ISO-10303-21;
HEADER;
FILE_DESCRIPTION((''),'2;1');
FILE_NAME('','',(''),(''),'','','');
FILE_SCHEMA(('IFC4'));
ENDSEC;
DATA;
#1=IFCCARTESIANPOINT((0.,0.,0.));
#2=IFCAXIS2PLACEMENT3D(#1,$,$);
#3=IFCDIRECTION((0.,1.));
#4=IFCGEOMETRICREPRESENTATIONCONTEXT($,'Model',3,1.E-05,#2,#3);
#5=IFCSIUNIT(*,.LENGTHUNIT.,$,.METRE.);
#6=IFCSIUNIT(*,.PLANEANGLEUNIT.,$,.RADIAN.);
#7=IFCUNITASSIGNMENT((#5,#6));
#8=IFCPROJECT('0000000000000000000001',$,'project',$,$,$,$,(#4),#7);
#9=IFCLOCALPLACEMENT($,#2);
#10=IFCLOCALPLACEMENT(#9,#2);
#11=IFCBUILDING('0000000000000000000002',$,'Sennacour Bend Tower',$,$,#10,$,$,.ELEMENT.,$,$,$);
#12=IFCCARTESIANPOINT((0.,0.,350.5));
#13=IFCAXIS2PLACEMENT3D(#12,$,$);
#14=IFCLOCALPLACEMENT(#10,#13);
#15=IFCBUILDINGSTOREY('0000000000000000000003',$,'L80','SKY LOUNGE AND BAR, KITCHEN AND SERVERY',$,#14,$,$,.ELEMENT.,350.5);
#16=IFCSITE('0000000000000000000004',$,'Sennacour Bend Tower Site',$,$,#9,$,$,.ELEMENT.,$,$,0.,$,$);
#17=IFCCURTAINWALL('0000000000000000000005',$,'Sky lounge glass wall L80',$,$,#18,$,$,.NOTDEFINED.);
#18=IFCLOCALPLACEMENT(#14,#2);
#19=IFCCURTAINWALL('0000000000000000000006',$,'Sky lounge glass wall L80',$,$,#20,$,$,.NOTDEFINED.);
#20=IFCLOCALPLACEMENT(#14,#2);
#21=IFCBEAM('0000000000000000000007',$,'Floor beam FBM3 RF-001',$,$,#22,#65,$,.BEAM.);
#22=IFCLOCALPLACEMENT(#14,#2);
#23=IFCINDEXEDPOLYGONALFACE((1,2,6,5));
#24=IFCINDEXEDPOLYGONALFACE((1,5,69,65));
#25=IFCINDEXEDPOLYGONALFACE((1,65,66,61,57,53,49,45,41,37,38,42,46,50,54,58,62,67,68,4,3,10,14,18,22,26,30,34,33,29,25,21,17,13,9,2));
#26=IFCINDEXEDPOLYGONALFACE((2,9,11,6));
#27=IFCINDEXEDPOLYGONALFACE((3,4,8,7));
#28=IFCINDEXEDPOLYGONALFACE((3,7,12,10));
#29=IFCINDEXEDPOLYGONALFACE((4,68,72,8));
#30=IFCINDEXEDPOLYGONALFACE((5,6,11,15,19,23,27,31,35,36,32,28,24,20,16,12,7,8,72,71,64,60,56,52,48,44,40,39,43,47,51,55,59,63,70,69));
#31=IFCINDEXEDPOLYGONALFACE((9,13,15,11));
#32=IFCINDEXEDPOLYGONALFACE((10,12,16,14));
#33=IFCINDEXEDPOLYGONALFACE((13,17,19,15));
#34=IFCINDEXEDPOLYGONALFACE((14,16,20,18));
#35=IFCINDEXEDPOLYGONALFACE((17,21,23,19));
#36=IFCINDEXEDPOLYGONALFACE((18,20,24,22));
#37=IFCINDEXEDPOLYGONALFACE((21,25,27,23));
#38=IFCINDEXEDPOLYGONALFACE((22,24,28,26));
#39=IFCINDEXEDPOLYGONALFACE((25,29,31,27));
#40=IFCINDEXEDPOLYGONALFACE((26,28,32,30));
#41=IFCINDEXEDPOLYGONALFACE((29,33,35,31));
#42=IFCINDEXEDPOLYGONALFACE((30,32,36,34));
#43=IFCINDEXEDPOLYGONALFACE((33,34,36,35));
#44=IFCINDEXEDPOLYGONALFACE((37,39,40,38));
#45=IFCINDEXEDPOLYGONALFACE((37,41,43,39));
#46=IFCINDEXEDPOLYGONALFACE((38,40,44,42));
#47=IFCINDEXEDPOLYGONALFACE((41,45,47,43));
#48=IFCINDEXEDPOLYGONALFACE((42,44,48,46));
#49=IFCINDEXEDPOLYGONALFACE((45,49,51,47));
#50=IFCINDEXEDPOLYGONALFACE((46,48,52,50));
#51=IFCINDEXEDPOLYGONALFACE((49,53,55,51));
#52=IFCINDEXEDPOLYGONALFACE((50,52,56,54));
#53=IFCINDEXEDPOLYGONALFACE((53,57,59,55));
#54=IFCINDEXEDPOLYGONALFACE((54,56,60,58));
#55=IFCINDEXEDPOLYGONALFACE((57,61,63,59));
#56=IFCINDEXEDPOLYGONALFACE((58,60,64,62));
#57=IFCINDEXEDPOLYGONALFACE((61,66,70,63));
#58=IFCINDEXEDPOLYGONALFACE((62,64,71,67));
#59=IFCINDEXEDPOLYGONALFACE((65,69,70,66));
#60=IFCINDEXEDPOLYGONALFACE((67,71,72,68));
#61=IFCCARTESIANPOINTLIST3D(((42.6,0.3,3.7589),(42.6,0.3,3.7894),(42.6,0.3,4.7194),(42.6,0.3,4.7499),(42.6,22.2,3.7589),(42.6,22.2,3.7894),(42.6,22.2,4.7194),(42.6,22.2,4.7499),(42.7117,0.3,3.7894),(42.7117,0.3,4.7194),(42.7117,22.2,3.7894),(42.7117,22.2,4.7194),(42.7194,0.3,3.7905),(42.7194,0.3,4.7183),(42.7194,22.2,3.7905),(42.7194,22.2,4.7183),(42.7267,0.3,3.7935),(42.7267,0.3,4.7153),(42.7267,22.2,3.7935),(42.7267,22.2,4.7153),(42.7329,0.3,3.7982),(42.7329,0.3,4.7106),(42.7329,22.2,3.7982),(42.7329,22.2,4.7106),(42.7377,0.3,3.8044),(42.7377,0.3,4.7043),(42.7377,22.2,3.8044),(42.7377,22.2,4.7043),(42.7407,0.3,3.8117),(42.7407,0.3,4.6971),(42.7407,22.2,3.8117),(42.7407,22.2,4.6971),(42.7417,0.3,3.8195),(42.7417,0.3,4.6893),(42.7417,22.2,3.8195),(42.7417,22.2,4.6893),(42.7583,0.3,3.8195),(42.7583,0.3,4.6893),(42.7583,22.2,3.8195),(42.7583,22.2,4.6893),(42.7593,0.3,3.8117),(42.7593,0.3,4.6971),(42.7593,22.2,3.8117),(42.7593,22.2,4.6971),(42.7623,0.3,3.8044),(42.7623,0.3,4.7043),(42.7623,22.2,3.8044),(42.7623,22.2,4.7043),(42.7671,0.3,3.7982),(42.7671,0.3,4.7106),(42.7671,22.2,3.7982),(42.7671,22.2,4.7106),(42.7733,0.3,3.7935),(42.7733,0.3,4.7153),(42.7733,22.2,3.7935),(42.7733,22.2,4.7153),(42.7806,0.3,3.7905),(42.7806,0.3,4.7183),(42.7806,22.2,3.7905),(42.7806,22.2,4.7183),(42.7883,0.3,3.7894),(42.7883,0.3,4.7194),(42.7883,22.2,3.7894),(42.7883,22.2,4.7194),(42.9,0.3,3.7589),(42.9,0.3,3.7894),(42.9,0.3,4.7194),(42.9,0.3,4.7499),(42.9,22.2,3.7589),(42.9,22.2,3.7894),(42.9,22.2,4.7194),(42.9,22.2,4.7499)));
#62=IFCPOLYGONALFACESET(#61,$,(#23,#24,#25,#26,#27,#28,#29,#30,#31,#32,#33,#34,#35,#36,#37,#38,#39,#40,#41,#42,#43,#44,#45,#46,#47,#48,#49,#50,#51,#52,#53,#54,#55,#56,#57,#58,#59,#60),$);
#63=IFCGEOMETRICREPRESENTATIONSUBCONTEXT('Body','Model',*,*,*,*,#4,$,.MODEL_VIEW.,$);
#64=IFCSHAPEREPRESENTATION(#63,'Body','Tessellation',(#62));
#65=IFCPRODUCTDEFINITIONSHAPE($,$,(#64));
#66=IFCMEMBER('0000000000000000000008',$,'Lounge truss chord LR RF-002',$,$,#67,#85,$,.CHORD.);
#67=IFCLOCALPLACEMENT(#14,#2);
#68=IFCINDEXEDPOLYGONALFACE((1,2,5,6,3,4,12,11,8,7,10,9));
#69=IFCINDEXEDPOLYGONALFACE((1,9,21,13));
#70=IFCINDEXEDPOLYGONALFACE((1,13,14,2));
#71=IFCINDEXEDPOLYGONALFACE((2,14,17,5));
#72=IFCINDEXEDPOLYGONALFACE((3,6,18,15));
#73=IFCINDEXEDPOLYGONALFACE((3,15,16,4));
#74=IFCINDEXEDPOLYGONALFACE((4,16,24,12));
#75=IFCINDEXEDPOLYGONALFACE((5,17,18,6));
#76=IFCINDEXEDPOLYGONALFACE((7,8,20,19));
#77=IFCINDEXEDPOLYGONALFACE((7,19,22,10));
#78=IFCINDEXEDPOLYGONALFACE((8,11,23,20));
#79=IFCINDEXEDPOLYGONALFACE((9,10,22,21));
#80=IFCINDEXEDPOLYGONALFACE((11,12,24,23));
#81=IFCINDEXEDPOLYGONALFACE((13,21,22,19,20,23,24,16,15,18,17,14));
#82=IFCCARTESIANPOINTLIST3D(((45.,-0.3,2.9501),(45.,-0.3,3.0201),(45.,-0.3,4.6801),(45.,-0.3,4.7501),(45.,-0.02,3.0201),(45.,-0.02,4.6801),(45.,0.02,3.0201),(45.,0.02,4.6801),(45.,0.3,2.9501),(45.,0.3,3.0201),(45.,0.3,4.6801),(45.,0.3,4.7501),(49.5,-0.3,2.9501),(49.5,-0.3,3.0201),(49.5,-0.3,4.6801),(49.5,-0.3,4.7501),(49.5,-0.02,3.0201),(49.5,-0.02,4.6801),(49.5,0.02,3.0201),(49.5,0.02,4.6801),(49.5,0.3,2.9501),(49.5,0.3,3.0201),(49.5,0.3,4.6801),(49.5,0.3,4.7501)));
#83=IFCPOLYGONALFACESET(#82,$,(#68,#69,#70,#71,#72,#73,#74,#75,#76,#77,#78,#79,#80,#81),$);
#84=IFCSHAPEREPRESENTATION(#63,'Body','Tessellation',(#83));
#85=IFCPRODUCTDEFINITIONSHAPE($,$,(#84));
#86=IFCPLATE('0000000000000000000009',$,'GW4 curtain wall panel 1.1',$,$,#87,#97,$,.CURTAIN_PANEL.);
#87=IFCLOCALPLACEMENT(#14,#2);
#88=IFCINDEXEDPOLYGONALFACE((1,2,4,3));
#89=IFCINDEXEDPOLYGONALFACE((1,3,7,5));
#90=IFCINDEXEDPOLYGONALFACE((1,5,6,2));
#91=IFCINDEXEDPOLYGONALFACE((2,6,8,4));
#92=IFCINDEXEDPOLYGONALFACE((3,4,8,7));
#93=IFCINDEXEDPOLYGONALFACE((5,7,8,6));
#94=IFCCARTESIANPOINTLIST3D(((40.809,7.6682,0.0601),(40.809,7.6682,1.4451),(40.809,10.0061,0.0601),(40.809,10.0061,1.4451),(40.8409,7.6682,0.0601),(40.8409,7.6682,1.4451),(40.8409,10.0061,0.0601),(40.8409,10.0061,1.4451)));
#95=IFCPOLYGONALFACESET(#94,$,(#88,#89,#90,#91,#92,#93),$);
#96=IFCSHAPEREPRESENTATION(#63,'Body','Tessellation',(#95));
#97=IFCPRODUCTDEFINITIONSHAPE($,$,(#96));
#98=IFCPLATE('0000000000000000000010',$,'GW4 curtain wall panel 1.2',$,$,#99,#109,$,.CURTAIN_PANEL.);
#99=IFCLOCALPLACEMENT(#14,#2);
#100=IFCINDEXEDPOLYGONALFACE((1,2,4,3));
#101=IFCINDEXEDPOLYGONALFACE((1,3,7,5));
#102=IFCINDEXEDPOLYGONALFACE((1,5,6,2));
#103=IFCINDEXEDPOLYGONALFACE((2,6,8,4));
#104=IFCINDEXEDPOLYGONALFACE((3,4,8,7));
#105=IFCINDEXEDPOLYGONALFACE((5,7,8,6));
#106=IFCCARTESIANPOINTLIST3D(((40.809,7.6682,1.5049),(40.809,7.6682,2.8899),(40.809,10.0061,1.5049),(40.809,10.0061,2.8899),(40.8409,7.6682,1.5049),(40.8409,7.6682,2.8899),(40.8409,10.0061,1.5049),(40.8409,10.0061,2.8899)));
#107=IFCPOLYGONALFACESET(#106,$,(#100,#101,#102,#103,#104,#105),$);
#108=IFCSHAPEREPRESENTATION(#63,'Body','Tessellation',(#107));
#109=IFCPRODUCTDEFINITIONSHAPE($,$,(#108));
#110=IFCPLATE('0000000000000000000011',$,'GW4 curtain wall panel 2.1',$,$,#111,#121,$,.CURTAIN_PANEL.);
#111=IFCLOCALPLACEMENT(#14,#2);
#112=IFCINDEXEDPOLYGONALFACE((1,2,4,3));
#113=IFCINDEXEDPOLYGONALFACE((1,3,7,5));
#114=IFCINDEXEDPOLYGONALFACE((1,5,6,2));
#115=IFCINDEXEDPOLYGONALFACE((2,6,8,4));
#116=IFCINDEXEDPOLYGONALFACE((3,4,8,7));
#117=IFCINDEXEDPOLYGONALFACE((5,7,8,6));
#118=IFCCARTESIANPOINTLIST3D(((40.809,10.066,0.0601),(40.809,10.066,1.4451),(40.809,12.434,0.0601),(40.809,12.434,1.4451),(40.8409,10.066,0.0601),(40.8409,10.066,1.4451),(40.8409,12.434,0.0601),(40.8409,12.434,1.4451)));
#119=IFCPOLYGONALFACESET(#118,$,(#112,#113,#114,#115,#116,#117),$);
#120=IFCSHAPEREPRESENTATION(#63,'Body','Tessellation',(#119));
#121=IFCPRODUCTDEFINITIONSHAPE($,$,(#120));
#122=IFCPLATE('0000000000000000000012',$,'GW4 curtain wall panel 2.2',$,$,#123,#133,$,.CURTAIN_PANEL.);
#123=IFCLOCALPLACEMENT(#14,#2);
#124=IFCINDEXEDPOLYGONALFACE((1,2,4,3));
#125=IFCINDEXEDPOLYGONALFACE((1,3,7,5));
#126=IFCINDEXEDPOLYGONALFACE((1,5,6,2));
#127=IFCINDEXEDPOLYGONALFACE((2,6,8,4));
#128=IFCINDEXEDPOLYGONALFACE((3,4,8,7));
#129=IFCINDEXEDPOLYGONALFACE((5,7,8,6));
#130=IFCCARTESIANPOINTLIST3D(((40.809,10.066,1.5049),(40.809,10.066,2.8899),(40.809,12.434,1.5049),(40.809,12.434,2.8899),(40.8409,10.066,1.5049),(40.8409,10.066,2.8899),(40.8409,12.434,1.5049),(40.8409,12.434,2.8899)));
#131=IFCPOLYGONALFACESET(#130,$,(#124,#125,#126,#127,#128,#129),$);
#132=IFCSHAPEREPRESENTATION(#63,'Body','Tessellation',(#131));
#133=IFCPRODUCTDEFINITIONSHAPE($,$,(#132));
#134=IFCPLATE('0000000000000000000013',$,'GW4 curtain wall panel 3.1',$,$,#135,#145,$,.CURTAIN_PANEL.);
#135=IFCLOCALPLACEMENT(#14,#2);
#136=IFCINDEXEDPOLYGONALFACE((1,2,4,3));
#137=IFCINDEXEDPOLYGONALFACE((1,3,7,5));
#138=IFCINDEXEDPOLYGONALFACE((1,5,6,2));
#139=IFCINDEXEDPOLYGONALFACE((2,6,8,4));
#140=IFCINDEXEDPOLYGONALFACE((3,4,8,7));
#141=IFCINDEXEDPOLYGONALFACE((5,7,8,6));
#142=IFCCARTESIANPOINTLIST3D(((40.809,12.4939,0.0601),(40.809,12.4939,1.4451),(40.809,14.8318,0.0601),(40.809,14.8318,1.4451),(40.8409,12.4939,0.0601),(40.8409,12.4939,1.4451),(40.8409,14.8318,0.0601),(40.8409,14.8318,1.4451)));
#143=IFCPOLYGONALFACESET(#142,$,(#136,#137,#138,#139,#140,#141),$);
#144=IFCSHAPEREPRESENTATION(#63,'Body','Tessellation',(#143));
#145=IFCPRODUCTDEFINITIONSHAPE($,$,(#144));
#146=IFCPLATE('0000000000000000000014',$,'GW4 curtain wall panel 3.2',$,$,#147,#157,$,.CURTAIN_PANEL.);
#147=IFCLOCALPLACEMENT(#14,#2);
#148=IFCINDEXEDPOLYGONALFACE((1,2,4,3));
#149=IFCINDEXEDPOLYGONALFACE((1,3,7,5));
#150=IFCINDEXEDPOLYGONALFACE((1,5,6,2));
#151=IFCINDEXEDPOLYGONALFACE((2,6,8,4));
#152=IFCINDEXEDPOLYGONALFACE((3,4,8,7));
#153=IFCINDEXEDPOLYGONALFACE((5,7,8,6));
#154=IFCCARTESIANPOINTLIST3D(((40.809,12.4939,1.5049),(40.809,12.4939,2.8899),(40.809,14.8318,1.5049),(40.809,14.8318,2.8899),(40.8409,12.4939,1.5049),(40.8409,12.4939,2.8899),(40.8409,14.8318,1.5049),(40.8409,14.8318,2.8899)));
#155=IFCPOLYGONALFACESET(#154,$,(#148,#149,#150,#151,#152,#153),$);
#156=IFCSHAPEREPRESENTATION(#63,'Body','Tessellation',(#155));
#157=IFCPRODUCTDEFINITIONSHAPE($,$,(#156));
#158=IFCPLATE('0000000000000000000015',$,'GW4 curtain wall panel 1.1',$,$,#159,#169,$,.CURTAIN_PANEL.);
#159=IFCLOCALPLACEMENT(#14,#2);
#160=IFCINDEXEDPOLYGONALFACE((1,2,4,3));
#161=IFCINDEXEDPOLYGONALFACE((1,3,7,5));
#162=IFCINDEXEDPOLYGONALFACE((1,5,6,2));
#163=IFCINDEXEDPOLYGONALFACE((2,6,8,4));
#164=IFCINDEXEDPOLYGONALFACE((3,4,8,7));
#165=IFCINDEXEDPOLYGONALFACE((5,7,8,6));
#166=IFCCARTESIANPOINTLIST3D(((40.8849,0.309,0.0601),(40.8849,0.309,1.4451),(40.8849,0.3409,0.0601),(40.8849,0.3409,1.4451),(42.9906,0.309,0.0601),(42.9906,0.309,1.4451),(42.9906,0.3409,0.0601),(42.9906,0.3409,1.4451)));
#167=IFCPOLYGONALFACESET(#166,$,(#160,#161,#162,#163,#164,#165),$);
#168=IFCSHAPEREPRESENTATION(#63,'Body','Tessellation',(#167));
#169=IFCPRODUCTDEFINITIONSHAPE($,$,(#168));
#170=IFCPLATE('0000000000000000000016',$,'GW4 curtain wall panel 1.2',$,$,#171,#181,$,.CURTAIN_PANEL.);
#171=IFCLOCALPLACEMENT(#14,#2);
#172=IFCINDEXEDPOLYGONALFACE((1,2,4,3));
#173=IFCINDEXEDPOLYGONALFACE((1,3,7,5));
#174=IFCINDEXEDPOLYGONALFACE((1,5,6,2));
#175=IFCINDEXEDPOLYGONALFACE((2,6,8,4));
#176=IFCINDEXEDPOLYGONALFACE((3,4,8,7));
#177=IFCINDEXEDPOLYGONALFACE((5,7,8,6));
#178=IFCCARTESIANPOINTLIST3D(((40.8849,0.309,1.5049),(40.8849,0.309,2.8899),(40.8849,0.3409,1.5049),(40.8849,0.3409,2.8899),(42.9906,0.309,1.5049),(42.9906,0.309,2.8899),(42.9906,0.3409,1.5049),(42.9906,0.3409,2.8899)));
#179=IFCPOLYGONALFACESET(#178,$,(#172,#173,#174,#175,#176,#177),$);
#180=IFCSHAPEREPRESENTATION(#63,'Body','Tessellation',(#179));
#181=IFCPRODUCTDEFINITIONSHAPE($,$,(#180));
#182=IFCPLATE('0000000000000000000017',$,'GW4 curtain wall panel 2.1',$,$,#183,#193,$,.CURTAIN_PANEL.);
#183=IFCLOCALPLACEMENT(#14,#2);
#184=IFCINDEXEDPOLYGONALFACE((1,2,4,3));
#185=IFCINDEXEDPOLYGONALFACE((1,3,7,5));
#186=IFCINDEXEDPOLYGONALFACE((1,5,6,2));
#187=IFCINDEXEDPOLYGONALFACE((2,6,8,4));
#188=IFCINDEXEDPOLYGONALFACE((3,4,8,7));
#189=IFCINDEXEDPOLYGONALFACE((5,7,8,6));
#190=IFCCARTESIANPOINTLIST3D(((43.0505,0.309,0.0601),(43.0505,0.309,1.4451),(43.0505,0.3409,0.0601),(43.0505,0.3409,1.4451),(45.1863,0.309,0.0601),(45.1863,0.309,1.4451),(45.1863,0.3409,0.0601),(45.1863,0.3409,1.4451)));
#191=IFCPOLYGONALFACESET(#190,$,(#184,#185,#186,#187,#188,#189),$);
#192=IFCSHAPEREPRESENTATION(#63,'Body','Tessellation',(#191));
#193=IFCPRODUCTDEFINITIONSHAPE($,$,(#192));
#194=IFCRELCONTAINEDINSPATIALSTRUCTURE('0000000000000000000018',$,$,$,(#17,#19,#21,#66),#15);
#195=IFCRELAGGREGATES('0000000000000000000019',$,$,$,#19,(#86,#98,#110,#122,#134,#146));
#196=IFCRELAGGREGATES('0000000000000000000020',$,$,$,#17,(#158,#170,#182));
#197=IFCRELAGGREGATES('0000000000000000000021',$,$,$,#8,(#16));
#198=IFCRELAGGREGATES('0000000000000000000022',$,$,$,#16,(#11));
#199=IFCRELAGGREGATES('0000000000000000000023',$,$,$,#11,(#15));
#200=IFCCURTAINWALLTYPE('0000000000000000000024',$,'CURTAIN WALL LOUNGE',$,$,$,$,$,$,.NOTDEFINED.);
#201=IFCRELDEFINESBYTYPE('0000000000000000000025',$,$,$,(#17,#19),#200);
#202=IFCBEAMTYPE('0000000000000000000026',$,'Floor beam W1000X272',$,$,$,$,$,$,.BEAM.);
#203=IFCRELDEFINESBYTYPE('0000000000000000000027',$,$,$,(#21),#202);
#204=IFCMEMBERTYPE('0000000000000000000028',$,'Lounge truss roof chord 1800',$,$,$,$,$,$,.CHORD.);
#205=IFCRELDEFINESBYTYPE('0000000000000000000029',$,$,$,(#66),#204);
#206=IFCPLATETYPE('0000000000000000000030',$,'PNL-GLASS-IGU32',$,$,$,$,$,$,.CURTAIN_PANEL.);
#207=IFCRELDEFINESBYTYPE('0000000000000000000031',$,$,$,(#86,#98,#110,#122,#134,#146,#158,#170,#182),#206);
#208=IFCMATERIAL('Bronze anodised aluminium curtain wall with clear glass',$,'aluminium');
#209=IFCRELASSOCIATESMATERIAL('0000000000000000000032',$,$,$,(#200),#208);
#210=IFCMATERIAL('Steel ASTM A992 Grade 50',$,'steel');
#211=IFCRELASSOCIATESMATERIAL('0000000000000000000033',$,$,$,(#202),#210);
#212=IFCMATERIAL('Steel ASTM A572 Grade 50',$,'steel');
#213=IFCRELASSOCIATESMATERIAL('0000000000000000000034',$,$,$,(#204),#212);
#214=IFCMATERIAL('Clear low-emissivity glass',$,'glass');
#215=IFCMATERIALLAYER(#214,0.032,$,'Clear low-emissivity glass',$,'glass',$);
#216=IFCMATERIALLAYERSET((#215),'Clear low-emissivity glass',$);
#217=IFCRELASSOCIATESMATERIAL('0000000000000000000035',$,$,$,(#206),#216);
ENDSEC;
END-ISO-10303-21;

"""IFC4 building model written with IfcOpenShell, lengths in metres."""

from ifc_helpers import new_model, si_unit, direction, frame, origin, origin_2d, place, context, subcontext, project, spatial, rectangle, i_section, extrude, material, layer, layer_set, material_profile, profile_set, type_object, element, aggregate, save


model = new_model("IFC4")

# Units and contexts
model_context = context("Model", 3, precision=1e-05, world=origin(), true_north=direction((0.0, 1.0)))
body_context = subcontext(model_context, "Body", "Model", "MODEL_VIEW")
ifc_project = project(units=[si_unit("LENGTHUNIT", "METRE"), si_unit("PLANEANGLEUNIT", "RADIAN")], contexts=[model_context])

# Site, building, storey
site_placement = place(None, origin())
site = spatial("IfcSite", under=ifc_project, at=site_placement, Name="Sennacour Bend Tower Site", CompositionType="ELEMENT", RefElevation=0.0)
building_placement = place(site_placement, origin())
building = spatial("IfcBuilding", under=site, at=building_placement, Name="Sennacour Bend Tower", CompositionType="ELEMENT")
storey_placement = place(building_placement, frame((0.0, 0.0, 350.5)))
storey = spatial("IfcBuildingStorey", under=building, at=storey_placement, Name="L80", Description="SKY LOUNGE AND BAR, KITCHEN AND SERVERY", CompositionType="ELEMENT", Elevation=350.5)

# Curtain walls
ifc_material_1 = material(Name="Bronze anodised aluminium curtain wall with clear glass", Category="aluminium")
curtain_wall_type = type_object("IfcCurtainWallType", Name="CURTAIN WALL LOUNGE", PredefinedType="NOTDEFINED", material=ifc_material_1)
curtain_wall_1_placement = place(storey_placement, origin())
curtain_wall_1 = element("IfcCurtainWall", 1, at=curtain_wall_1_placement, inside=storey, type_object=curtain_wall_type, Name="Sky lounge glass wall L80", PredefinedType="NOTDEFINED")
curtain_wall_2_placement = place(storey_placement, origin())
curtain_wall_2 = element("IfcCurtainWall", 2, at=curtain_wall_2_placement, inside=storey, type_object=curtain_wall_type, Name="Sky lounge glass wall L80", PredefinedType="NOTDEFINED")

# Beam
ifc_material_2 = material(Name="Steel ASTM A992 Grade 50", Category="steel")
ifc_material_profile_1 = material_profile(ifc_material_2, i_section(OverallWidth=0.3, OverallDepth=0.991, WebThickness=0.0166, FlangeThickness=0.0305, FilletRadius=0.03, at=origin_2d()), Name="Steel ASTM A992 Grade 50", Category="steel")
ifc_profile_set_1 = profile_set([ifc_material_profile_1], Name="Steel ASTM A992 Grade 50")
beam_type = type_object("IfcBeamType", Name="Floor beam W1000X272", PredefinedType="BEAM", material=ifc_profile_set_1)
beam_placement = place(storey_placement, frame((42.75, 0.3, 4.2544), z_axis=(0.0, 1.0, 0.0), x_axis=(-1.0, 0.0, 0.0)))
element("IfcBeam", 3, at=beam_placement, inside=storey, type_object=beam_type, Name="Floor beam FBM3 RF-001", PredefinedType="BEAM", context=body_context, shape_type="SweptSolid", body=[
    extrude(i_section(OverallWidth=0.3, OverallDepth=0.991, WebThickness=0.0166, FlangeThickness=0.0305, FilletRadius=0.03, at=origin_2d()), origin(), (0.0, 0.0, 1.0), 21.8999),
])

# Member
ifc_material_3 = material(Name="Steel ASTM A572 Grade 50", Category="steel")
ifc_material_profile_2 = material_profile(ifc_material_3, i_section(OverallWidth=0.6001, OverallDepth=1.8, WebThickness=0.04, FlangeThickness=0.0701, at=origin_2d()), Name="Steel ASTM A572 Grade 50", Category="steel")
ifc_profile_set_2 = profile_set([ifc_material_profile_2], Name="Steel ASTM A572 Grade 50")
member_type_1 = type_object("IfcMemberType", Name="Lounge truss roof chord 1800", PredefinedType="CHORD", material=ifc_profile_set_2)
member_1_placement = place(storey_placement, frame((45.0, 0.0, 3.8501), z_axis=(1.0, 0.0, 0.0), x_axis=(0.0, 1.0, 0.0)))
element("IfcMember", 4, at=member_1_placement, inside=storey, type_object=member_type_1, Name="Lounge truss chord LR RF-002", PredefinedType="CHORD", context=body_context, shape_type="SweptSolid", body=[
    extrude(i_section(OverallWidth=0.6001, OverallDepth=1.8, WebThickness=0.04, FlangeThickness=0.0701, at=origin_2d()), origin(), (0.0, 0.0, 1.0), 4.5),
])

# Plates
ifc_material_4 = material(Name="Clear low-emissivity glass", Category="glass")
ifc_layer_1 = layer(ifc_material_4, 0.032, Name="Clear low-emissivity glass", Category="glass")
ifc_layer_set_1 = layer_set([ifc_layer_1], Name="Clear low-emissivity glass")
plate_type = type_object("IfcPlateType", Name="PNL-GLASS-IGU32", PredefinedType="CURTAIN_PANEL", material=ifc_layer_set_1)
plate_1_placement = place(storey_placement, frame((40.825, 8.8372, 0.0601), z_axis=(0.0, 0.0, 1.0), x_axis=(0.0, 1.0, 0.0)))
plate_1 = element("IfcPlate", 5, at=plate_1_placement, type_object=plate_type, Name="GW4 curtain wall panel 1.1", PredefinedType="CURTAIN_PANEL", context=body_context, shape_type="SweptSolid", body=[
    extrude(rectangle(XDim=2.3379, YDim=0.032, at=origin_2d()), origin(), (0.0, 0.0, 1.0), 1.385),
])
plate_2_placement = place(storey_placement, frame((40.825, 8.8372, 1.5049), z_axis=(0.0, 0.0, 1.0), x_axis=(0.0, 1.0, 0.0)))
plate_2 = element("IfcPlate", 6, at=plate_2_placement, type_object=plate_type, Name="GW4 curtain wall panel 1.2", PredefinedType="CURTAIN_PANEL", context=body_context, shape_type="SweptSolid", body=[
    extrude(rectangle(XDim=2.3379, YDim=0.032, at=origin_2d()), origin(), (0.0, 0.0, 1.0), 1.385),
])
plate_3_placement = place(storey_placement, frame((40.825, 11.25, 0.0601), z_axis=(0.0, 0.0, 1.0), x_axis=(0.0, 1.0, 0.0)))
plate_3 = element("IfcPlate", 7, at=plate_3_placement, type_object=plate_type, Name="GW4 curtain wall panel 2.1", PredefinedType="CURTAIN_PANEL", context=body_context, shape_type="SweptSolid", body=[
    extrude(rectangle(XDim=2.3679, YDim=0.032, at=origin_2d()), origin(), (0.0, 0.0, 1.0), 1.385),
])
plate_4_placement = place(storey_placement, frame((40.825, 11.25, 1.5049), z_axis=(0.0, 0.0, 1.0), x_axis=(0.0, 1.0, 0.0)))
plate_4 = element("IfcPlate", 8, at=plate_4_placement, type_object=plate_type, Name="GW4 curtain wall panel 2.2", PredefinedType="CURTAIN_PANEL", context=body_context, shape_type="SweptSolid", body=[
    extrude(rectangle(XDim=2.3679, YDim=0.032, at=origin_2d()), origin(), (0.0, 0.0, 1.0), 1.385),
])
plate_5_placement = place(storey_placement, frame((40.825, 13.6628, 0.0601), z_axis=(0.0, 0.0, 1.0), x_axis=(0.0, 1.0, 0.0)))
plate_5 = element("IfcPlate", 9, at=plate_5_placement, type_object=plate_type, Name="GW4 curtain wall panel 3.1", PredefinedType="CURTAIN_PANEL", context=body_context, shape_type="SweptSolid", body=[
    extrude(rectangle(XDim=2.3379, YDim=0.032, at=origin_2d()), origin(), (0.0, 0.0, 1.0), 1.385),
])
plate_6_placement = place(storey_placement, frame((40.825, 13.6628, 1.5049), z_axis=(0.0, 0.0, 1.0), x_axis=(0.0, 1.0, 0.0)))
plate_6 = element("IfcPlate", 10, at=plate_6_placement, type_object=plate_type, Name="GW4 curtain wall panel 3.2", PredefinedType="CURTAIN_PANEL", context=body_context, shape_type="SweptSolid", body=[
    extrude(rectangle(XDim=2.3379, YDim=0.032, at=origin_2d()), origin(), (0.0, 0.0, 1.0), 1.385),
])
aggregate(curtain_wall_2, [plate_1, plate_2, plate_3, plate_4, plate_5, plate_6])
plate_7_placement = place(storey_placement, frame((41.9377, 0.325, 0.0601), z_axis=(0.0, 0.0, 1.0), x_axis=(1.0, 0.0, 0.0)))
plate_7 = element("IfcPlate", 11, at=plate_7_placement, type_object=plate_type, Name="GW4 curtain wall panel 1.1", PredefinedType="CURTAIN_PANEL", context=body_context, shape_type="SweptSolid", body=[
    extrude(rectangle(XDim=2.1057, YDim=0.032, at=origin_2d()), origin(), (0.0, 0.0, 1.0), 1.385),
])
plate_8_placement = place(storey_placement, frame((41.9377, 0.325, 1.5049), z_axis=(0.0, 0.0, 1.0), x_axis=(1.0, 0.0, 0.0)))
plate_8 = element("IfcPlate", 12, at=plate_8_placement, type_object=plate_type, Name="GW4 curtain wall panel 1.2", PredefinedType="CURTAIN_PANEL", context=body_context, shape_type="SweptSolid", body=[
    extrude(rectangle(XDim=2.1057, YDim=0.032, at=origin_2d()), origin(), (0.0, 0.0, 1.0), 1.385),
])
plate_9_placement = place(storey_placement, frame((44.1184, 0.325, 0.0601), z_axis=(0.0, 0.0, 1.0), x_axis=(1.0, 0.0, 0.0)))
plate_9 = element("IfcPlate", 13, at=plate_9_placement, type_object=plate_type, Name="GW4 curtain wall panel 2.1", PredefinedType="CURTAIN_PANEL", context=body_context, shape_type="SweptSolid", body=[
    extrude(rectangle(XDim=2.1357, YDim=0.032, at=origin_2d()), origin(), (0.0, 0.0, 1.0), 1.385),
])
aggregate(curtain_wall_1, [plate_7, plate_8, plate_9])

save(model, "model.ifc")
